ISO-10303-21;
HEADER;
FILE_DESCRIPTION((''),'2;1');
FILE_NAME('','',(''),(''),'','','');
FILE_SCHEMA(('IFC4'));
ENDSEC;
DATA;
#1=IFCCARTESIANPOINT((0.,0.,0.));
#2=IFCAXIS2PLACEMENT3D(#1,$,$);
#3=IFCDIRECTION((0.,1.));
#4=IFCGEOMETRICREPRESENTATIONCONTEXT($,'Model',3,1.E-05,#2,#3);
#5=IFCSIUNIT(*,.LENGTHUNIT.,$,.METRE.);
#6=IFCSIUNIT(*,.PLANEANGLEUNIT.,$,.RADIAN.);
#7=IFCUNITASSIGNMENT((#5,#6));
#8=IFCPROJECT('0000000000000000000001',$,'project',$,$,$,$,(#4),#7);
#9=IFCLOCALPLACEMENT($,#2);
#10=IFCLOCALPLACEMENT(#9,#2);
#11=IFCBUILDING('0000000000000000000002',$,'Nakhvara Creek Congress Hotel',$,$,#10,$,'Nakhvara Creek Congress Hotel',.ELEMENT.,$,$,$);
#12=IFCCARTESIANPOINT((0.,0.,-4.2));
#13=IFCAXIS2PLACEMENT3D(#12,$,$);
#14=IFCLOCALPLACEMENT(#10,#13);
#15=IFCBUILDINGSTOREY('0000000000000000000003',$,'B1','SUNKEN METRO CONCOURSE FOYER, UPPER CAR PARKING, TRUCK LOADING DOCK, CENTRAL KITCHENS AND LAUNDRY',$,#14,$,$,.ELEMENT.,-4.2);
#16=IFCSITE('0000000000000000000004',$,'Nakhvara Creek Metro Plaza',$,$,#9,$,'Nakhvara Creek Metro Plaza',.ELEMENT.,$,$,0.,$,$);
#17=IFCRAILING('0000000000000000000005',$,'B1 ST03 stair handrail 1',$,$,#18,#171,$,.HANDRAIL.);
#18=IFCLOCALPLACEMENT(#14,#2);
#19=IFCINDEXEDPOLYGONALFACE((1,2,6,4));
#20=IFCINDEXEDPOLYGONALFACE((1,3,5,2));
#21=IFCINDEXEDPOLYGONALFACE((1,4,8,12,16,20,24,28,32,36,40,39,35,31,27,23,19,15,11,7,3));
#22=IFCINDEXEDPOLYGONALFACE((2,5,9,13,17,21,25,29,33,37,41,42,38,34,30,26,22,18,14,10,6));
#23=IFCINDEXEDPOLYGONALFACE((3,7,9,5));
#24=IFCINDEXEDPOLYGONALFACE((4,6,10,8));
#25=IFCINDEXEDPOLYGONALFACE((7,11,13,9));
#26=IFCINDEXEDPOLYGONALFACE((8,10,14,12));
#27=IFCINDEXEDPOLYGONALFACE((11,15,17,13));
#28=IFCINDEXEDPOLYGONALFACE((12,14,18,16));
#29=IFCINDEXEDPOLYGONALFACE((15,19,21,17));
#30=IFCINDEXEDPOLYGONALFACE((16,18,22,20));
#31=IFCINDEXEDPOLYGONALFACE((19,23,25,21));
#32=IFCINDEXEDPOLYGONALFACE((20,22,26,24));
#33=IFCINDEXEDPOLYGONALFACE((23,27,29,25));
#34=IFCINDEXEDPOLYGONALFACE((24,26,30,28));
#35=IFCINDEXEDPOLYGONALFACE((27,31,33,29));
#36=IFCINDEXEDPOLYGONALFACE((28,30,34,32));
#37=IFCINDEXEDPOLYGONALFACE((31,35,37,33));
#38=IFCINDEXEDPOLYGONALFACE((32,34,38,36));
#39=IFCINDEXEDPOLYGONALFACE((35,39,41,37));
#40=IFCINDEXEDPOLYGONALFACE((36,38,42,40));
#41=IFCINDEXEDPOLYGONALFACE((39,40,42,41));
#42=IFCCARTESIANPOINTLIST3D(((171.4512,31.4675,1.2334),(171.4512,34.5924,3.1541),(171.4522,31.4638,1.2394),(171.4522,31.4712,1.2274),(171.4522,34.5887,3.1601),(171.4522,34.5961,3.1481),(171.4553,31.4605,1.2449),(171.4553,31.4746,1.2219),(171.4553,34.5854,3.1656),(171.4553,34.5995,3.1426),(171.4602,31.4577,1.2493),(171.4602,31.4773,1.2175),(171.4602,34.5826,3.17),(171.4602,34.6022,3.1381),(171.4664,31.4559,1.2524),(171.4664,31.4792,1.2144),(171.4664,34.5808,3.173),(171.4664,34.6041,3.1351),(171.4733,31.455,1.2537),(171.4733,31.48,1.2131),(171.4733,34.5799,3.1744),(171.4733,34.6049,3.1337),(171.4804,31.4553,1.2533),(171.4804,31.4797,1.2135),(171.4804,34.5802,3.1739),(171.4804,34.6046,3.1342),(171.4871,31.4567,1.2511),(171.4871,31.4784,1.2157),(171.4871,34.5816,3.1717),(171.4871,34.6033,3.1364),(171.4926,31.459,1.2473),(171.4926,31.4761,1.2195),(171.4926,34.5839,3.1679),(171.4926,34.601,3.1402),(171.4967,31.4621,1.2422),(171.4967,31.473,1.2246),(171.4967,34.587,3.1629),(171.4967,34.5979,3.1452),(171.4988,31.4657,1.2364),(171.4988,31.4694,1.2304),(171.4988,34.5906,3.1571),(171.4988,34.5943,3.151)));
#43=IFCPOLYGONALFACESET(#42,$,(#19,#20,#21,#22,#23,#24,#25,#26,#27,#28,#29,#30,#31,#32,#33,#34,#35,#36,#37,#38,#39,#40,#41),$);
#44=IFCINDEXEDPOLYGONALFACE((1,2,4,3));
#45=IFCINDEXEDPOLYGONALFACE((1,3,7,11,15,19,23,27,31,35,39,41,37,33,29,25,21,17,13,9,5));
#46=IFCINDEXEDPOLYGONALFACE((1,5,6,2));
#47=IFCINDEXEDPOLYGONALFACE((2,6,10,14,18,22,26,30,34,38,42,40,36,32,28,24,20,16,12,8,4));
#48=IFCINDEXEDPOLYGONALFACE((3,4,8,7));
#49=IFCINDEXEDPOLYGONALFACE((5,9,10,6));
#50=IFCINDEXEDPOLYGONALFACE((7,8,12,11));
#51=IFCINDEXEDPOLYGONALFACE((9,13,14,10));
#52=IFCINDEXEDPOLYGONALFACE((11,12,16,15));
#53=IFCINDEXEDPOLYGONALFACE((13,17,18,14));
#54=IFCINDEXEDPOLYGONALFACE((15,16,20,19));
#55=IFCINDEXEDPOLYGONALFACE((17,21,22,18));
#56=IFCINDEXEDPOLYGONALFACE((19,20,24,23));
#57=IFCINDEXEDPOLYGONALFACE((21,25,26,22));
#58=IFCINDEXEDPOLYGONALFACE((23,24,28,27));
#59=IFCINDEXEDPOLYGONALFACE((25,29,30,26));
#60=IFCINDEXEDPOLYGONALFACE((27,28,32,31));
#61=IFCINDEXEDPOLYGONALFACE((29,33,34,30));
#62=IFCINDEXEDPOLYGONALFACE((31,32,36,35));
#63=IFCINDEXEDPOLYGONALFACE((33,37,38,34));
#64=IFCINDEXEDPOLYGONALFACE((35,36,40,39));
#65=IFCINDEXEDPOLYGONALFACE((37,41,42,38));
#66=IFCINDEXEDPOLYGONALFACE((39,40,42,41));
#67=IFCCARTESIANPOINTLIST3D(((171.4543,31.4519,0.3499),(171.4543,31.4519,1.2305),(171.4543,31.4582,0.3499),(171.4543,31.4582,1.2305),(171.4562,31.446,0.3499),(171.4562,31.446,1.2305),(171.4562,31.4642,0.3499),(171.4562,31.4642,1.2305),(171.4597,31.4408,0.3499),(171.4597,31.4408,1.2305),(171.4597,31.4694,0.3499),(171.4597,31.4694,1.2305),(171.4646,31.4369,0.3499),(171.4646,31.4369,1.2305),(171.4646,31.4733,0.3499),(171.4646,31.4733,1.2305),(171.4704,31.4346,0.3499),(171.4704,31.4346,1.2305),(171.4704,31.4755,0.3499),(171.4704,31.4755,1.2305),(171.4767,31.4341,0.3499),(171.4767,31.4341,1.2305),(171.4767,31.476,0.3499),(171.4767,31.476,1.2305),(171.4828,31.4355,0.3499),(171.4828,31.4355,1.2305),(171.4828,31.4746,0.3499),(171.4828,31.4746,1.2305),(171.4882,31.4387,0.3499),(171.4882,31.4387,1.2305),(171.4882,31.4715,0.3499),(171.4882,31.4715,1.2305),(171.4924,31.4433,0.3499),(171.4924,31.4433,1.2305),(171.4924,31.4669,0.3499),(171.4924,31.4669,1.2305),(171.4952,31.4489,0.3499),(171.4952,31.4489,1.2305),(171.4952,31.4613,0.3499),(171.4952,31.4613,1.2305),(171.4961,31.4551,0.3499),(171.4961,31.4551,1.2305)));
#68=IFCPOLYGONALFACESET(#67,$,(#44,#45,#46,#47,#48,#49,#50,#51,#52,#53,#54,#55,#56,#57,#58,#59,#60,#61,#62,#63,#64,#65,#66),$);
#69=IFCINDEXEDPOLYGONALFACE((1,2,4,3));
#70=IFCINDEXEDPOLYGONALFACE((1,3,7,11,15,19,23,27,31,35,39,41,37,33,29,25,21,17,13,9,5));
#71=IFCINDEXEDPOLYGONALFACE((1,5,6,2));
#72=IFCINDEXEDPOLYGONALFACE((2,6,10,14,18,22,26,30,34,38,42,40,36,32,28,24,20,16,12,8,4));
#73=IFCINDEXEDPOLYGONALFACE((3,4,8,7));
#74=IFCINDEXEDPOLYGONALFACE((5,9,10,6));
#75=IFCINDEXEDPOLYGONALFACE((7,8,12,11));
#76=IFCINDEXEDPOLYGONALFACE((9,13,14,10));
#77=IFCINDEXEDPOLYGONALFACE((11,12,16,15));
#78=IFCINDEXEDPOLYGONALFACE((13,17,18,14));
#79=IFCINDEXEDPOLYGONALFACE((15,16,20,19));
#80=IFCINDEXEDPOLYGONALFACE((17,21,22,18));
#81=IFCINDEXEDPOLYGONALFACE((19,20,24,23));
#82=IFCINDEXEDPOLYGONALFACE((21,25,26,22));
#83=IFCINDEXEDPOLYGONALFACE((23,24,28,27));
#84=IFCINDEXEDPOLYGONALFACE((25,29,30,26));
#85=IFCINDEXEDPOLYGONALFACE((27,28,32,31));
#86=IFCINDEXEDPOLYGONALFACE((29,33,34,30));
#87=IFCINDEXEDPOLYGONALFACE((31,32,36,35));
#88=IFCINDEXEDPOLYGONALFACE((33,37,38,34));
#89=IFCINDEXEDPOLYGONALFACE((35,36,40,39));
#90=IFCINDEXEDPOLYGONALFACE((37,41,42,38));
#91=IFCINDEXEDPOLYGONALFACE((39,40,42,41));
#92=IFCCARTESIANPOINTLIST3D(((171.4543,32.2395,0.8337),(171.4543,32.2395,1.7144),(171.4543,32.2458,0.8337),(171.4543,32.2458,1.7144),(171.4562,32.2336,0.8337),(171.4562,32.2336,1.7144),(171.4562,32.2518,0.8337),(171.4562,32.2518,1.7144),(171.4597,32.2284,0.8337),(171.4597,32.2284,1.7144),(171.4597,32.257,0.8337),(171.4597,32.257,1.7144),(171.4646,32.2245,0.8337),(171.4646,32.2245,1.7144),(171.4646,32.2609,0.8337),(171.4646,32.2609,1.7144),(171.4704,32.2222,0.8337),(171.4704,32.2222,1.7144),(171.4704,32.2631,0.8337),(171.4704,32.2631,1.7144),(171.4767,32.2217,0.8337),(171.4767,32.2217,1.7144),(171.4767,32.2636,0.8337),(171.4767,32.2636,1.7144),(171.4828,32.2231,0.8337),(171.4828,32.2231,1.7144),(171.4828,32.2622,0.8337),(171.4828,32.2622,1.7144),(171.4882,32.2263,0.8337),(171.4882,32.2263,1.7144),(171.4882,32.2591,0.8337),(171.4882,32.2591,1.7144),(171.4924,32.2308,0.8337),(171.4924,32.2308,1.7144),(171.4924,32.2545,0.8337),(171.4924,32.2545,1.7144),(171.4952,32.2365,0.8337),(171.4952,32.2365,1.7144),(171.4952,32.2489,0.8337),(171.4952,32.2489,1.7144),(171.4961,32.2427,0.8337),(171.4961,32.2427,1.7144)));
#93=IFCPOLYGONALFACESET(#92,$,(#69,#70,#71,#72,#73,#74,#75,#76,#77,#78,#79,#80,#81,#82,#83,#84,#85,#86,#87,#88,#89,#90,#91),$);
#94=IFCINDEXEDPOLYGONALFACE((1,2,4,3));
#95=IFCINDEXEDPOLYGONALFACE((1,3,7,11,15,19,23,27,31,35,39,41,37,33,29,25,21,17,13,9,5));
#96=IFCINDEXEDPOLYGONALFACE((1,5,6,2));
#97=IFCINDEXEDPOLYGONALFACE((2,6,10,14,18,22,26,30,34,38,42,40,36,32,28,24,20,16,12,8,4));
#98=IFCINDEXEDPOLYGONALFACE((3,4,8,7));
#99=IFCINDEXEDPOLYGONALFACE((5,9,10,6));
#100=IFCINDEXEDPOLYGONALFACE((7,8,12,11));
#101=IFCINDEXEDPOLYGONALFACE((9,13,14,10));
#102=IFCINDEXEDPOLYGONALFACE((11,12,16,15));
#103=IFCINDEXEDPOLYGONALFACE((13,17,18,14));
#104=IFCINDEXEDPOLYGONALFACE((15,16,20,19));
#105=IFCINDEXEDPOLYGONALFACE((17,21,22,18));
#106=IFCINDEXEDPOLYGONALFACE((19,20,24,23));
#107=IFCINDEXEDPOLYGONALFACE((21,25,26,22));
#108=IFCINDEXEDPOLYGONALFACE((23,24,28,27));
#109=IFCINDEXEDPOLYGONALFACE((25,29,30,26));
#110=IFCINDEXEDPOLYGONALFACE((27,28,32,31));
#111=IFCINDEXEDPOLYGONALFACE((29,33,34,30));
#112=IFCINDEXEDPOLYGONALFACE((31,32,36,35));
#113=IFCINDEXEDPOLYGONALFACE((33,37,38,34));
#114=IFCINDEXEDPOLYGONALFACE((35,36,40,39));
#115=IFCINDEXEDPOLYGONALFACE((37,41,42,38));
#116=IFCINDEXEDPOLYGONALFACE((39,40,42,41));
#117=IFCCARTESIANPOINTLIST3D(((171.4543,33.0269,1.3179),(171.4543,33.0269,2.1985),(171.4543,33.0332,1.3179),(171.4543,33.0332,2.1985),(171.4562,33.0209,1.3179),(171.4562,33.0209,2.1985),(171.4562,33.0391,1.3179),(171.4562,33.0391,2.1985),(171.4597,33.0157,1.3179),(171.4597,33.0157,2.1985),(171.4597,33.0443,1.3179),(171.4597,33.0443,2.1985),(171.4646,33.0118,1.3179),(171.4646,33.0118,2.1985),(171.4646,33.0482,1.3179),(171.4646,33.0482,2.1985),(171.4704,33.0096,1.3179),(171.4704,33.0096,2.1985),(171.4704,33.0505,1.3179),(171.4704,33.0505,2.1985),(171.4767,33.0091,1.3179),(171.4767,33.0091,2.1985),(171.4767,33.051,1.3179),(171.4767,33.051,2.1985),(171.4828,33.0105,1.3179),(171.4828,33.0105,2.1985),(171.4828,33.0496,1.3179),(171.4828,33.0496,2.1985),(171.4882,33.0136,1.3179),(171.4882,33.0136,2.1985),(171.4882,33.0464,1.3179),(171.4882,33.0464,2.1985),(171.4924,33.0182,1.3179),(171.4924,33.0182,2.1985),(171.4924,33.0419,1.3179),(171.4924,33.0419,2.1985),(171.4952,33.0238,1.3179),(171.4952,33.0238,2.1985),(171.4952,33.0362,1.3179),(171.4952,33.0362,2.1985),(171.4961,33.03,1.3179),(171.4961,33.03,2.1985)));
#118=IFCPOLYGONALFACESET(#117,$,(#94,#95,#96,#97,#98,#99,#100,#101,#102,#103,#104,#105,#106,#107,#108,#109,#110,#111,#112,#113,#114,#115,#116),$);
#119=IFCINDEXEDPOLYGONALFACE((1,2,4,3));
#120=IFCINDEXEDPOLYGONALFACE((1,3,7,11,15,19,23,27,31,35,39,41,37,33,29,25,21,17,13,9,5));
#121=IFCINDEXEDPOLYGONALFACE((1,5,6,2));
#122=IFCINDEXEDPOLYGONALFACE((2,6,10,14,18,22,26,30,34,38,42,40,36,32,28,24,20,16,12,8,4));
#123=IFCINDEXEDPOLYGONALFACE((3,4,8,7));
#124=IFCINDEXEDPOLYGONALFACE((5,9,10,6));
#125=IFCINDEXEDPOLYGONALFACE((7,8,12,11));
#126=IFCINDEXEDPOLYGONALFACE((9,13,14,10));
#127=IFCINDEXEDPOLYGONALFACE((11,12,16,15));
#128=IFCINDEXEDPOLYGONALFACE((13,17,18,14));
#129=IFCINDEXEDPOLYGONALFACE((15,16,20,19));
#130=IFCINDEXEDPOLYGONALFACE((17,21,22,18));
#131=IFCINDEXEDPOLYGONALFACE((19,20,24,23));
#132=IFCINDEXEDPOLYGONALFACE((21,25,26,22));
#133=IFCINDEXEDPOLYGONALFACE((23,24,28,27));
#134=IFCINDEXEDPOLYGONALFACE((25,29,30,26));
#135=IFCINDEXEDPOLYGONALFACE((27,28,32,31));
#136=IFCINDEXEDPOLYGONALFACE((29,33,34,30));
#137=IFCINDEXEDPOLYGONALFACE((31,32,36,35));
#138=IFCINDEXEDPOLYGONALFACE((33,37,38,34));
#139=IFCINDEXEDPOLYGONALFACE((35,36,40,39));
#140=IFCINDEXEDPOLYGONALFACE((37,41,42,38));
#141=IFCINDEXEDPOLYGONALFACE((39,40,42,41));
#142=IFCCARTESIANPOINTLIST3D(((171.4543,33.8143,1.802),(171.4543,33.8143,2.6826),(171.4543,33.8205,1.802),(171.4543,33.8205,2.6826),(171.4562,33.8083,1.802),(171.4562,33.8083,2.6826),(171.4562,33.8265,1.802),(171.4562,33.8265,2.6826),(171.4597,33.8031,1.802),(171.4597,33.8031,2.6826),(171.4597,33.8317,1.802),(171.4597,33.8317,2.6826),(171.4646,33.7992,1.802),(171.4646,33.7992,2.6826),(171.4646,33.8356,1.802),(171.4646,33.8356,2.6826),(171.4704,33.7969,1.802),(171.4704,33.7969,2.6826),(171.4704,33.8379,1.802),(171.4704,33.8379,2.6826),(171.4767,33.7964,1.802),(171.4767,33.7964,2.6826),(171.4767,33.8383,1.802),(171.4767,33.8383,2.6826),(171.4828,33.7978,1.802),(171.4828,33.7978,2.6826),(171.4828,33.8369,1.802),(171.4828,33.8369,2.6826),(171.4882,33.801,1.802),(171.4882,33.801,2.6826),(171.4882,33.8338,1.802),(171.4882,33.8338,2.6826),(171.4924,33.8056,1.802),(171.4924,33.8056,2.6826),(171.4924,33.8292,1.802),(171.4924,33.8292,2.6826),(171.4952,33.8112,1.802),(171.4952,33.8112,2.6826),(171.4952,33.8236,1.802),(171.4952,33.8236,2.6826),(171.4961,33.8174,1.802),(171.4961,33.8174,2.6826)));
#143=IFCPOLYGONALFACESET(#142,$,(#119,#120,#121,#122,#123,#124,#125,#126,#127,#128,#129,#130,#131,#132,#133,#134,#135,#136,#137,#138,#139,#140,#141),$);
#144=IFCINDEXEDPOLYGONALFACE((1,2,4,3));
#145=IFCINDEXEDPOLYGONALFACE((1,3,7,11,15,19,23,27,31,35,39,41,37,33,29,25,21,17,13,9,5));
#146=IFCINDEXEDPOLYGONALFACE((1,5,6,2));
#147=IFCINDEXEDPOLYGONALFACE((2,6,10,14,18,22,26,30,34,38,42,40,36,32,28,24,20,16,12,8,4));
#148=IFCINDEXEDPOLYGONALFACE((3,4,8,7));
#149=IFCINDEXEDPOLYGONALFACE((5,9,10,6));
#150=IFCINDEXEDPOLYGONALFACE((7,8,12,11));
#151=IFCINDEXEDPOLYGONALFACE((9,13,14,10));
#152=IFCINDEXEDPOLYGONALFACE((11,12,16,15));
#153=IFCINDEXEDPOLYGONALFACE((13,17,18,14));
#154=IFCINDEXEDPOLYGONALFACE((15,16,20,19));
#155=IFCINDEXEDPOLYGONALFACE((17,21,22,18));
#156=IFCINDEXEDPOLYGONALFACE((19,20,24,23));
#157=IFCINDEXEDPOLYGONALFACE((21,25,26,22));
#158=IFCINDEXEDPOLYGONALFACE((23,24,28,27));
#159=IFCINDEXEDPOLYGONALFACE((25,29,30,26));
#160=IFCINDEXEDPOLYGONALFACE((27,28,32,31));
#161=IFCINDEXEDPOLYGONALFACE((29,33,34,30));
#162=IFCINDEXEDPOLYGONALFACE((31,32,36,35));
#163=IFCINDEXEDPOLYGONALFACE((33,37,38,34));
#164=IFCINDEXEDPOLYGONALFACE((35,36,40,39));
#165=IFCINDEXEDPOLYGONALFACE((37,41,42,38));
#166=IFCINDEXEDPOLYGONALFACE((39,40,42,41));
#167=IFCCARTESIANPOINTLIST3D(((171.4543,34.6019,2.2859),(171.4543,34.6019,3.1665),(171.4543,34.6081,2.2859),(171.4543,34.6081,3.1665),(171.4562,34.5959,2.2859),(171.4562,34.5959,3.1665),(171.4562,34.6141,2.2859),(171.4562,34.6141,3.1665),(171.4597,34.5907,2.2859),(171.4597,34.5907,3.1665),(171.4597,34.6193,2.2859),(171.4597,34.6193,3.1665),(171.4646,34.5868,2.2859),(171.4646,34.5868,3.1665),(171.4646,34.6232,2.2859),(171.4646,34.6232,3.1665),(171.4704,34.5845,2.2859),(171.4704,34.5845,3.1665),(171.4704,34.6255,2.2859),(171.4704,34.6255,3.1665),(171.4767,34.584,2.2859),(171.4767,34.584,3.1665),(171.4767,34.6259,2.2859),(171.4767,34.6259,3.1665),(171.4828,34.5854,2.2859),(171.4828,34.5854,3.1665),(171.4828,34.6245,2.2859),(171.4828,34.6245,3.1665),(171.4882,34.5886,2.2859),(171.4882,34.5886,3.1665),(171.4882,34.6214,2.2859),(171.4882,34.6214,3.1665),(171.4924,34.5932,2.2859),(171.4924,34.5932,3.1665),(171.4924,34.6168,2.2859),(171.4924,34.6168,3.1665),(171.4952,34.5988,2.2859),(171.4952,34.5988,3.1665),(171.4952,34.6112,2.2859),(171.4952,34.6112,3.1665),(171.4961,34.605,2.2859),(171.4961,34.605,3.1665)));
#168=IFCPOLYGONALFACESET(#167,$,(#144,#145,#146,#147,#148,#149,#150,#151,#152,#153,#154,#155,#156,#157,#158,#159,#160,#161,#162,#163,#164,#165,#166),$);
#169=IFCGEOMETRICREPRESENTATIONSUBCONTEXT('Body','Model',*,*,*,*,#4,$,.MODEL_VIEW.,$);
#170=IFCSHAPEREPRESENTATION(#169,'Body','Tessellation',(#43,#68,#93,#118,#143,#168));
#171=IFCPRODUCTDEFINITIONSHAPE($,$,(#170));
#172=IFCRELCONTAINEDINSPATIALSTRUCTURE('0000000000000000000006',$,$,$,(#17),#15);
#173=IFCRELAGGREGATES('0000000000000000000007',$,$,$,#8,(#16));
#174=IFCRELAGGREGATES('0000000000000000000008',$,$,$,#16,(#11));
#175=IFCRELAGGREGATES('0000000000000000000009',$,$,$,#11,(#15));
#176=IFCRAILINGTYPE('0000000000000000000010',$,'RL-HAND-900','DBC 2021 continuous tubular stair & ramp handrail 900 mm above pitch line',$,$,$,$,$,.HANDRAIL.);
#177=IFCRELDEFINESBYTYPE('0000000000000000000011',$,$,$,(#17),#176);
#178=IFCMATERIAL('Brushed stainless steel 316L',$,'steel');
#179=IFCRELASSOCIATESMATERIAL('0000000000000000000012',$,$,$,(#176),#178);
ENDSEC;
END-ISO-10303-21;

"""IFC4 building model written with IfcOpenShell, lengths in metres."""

from ifc_helpers import new_model, si_unit, direction, frame, origin, origin_2d, place, context, subcontext, project, spatial, circle, extrude, material, type_object, element, save


model = new_model("IFC4")

# Units and contexts
model_context = context("Model", 3, precision=1e-05, world=origin(), true_north=direction((0.0, 1.0)))
body_context = subcontext(model_context, "Body", "Model", "MODEL_VIEW")
ifc_project = project(units=[si_unit("LENGTHUNIT", "METRE"), si_unit("PLANEANGLEUNIT", "RADIAN")], contexts=[model_context])

# Site, building, storey
site_placement = place(None, origin())
site = spatial("IfcSite", under=ifc_project, at=site_placement, Name="Nakhvara Creek Metro Plaza", LongName="Nakhvara Creek Metro Plaza", CompositionType="ELEMENT", RefElevation=0.0)
building_placement = place(site_placement, origin())
building = spatial("IfcBuilding", under=site, at=building_placement, Name="Nakhvara Creek Congress Hotel", LongName="Nakhvara Creek Congress Hotel", CompositionType="ELEMENT")
storey_placement = place(building_placement, frame((0.0, 0.0, -4.2)))
storey = spatial("IfcBuildingStorey", under=building, at=storey_placement, Name="B1", Description="SUNKEN METRO CONCOURSE FOYER, UPPER CAR PARKING, TRUCK LOADING DOCK, CENTRAL KITCHENS AND LAUNDRY", CompositionType="ELEMENT", Elevation=-4.2)

# Railing
ifc_material_1 = material(Name="Brushed stainless steel 316L", Category="steel")
railing_type_1 = type_object("IfcRailingType", Name="RL-HAND-900", Description="DBC 2021 continuous tubular stair & ramp handrail 900 mm above pitch line", PredefinedType="HANDRAIL", material=ifc_material_1)
railing_1_placement = place(storey_placement, frame((171.4751, 31.4551, 0.3499)))
element("IfcRailing", 1, at=railing_1_placement, inside=storey, type_object=railing_type_1, Name="B1 ST03 stair handrail 1", PredefinedType="HANDRAIL", context=body_context, shape_type="SweptSolid", body=[
    extrude(circle(Radius=0.0239, at=origin_2d()), frame((0.0, 0.0125, 0.8835), z_axis=(0.0, 0.851944, 0.523633), x_axis=(-1.0, 0.0, 0.0)), (0.0, 0.0, 1.0), 3.668),
    extrude(circle(Radius=0.021, at=origin_2d()), origin(), (0.0, 0.0, 1.0), 0.8806),
    extrude(circle(Radius=0.021, at=origin_2d()), frame((0.0, 0.7876, 0.4839)), (0.0, 0.0, 1.0), 0.8806),
    extrude(circle(Radius=0.021, at=origin_2d()), frame((0.0, 1.575, 0.968)), (0.0, 0.0, 1.0), 0.8806),
    extrude(circle(Radius=0.021, at=origin_2d()), frame((0.0, 2.3623, 1.4521)), (0.0, 0.0, 1.0), 0.8806),
    extrude(circle(Radius=0.021, at=origin_2d()), frame((0.0, 3.1499, 1.936)), (0.0, 0.0, 1.0), 0.8806),
])

save(model, "model.ifc")
